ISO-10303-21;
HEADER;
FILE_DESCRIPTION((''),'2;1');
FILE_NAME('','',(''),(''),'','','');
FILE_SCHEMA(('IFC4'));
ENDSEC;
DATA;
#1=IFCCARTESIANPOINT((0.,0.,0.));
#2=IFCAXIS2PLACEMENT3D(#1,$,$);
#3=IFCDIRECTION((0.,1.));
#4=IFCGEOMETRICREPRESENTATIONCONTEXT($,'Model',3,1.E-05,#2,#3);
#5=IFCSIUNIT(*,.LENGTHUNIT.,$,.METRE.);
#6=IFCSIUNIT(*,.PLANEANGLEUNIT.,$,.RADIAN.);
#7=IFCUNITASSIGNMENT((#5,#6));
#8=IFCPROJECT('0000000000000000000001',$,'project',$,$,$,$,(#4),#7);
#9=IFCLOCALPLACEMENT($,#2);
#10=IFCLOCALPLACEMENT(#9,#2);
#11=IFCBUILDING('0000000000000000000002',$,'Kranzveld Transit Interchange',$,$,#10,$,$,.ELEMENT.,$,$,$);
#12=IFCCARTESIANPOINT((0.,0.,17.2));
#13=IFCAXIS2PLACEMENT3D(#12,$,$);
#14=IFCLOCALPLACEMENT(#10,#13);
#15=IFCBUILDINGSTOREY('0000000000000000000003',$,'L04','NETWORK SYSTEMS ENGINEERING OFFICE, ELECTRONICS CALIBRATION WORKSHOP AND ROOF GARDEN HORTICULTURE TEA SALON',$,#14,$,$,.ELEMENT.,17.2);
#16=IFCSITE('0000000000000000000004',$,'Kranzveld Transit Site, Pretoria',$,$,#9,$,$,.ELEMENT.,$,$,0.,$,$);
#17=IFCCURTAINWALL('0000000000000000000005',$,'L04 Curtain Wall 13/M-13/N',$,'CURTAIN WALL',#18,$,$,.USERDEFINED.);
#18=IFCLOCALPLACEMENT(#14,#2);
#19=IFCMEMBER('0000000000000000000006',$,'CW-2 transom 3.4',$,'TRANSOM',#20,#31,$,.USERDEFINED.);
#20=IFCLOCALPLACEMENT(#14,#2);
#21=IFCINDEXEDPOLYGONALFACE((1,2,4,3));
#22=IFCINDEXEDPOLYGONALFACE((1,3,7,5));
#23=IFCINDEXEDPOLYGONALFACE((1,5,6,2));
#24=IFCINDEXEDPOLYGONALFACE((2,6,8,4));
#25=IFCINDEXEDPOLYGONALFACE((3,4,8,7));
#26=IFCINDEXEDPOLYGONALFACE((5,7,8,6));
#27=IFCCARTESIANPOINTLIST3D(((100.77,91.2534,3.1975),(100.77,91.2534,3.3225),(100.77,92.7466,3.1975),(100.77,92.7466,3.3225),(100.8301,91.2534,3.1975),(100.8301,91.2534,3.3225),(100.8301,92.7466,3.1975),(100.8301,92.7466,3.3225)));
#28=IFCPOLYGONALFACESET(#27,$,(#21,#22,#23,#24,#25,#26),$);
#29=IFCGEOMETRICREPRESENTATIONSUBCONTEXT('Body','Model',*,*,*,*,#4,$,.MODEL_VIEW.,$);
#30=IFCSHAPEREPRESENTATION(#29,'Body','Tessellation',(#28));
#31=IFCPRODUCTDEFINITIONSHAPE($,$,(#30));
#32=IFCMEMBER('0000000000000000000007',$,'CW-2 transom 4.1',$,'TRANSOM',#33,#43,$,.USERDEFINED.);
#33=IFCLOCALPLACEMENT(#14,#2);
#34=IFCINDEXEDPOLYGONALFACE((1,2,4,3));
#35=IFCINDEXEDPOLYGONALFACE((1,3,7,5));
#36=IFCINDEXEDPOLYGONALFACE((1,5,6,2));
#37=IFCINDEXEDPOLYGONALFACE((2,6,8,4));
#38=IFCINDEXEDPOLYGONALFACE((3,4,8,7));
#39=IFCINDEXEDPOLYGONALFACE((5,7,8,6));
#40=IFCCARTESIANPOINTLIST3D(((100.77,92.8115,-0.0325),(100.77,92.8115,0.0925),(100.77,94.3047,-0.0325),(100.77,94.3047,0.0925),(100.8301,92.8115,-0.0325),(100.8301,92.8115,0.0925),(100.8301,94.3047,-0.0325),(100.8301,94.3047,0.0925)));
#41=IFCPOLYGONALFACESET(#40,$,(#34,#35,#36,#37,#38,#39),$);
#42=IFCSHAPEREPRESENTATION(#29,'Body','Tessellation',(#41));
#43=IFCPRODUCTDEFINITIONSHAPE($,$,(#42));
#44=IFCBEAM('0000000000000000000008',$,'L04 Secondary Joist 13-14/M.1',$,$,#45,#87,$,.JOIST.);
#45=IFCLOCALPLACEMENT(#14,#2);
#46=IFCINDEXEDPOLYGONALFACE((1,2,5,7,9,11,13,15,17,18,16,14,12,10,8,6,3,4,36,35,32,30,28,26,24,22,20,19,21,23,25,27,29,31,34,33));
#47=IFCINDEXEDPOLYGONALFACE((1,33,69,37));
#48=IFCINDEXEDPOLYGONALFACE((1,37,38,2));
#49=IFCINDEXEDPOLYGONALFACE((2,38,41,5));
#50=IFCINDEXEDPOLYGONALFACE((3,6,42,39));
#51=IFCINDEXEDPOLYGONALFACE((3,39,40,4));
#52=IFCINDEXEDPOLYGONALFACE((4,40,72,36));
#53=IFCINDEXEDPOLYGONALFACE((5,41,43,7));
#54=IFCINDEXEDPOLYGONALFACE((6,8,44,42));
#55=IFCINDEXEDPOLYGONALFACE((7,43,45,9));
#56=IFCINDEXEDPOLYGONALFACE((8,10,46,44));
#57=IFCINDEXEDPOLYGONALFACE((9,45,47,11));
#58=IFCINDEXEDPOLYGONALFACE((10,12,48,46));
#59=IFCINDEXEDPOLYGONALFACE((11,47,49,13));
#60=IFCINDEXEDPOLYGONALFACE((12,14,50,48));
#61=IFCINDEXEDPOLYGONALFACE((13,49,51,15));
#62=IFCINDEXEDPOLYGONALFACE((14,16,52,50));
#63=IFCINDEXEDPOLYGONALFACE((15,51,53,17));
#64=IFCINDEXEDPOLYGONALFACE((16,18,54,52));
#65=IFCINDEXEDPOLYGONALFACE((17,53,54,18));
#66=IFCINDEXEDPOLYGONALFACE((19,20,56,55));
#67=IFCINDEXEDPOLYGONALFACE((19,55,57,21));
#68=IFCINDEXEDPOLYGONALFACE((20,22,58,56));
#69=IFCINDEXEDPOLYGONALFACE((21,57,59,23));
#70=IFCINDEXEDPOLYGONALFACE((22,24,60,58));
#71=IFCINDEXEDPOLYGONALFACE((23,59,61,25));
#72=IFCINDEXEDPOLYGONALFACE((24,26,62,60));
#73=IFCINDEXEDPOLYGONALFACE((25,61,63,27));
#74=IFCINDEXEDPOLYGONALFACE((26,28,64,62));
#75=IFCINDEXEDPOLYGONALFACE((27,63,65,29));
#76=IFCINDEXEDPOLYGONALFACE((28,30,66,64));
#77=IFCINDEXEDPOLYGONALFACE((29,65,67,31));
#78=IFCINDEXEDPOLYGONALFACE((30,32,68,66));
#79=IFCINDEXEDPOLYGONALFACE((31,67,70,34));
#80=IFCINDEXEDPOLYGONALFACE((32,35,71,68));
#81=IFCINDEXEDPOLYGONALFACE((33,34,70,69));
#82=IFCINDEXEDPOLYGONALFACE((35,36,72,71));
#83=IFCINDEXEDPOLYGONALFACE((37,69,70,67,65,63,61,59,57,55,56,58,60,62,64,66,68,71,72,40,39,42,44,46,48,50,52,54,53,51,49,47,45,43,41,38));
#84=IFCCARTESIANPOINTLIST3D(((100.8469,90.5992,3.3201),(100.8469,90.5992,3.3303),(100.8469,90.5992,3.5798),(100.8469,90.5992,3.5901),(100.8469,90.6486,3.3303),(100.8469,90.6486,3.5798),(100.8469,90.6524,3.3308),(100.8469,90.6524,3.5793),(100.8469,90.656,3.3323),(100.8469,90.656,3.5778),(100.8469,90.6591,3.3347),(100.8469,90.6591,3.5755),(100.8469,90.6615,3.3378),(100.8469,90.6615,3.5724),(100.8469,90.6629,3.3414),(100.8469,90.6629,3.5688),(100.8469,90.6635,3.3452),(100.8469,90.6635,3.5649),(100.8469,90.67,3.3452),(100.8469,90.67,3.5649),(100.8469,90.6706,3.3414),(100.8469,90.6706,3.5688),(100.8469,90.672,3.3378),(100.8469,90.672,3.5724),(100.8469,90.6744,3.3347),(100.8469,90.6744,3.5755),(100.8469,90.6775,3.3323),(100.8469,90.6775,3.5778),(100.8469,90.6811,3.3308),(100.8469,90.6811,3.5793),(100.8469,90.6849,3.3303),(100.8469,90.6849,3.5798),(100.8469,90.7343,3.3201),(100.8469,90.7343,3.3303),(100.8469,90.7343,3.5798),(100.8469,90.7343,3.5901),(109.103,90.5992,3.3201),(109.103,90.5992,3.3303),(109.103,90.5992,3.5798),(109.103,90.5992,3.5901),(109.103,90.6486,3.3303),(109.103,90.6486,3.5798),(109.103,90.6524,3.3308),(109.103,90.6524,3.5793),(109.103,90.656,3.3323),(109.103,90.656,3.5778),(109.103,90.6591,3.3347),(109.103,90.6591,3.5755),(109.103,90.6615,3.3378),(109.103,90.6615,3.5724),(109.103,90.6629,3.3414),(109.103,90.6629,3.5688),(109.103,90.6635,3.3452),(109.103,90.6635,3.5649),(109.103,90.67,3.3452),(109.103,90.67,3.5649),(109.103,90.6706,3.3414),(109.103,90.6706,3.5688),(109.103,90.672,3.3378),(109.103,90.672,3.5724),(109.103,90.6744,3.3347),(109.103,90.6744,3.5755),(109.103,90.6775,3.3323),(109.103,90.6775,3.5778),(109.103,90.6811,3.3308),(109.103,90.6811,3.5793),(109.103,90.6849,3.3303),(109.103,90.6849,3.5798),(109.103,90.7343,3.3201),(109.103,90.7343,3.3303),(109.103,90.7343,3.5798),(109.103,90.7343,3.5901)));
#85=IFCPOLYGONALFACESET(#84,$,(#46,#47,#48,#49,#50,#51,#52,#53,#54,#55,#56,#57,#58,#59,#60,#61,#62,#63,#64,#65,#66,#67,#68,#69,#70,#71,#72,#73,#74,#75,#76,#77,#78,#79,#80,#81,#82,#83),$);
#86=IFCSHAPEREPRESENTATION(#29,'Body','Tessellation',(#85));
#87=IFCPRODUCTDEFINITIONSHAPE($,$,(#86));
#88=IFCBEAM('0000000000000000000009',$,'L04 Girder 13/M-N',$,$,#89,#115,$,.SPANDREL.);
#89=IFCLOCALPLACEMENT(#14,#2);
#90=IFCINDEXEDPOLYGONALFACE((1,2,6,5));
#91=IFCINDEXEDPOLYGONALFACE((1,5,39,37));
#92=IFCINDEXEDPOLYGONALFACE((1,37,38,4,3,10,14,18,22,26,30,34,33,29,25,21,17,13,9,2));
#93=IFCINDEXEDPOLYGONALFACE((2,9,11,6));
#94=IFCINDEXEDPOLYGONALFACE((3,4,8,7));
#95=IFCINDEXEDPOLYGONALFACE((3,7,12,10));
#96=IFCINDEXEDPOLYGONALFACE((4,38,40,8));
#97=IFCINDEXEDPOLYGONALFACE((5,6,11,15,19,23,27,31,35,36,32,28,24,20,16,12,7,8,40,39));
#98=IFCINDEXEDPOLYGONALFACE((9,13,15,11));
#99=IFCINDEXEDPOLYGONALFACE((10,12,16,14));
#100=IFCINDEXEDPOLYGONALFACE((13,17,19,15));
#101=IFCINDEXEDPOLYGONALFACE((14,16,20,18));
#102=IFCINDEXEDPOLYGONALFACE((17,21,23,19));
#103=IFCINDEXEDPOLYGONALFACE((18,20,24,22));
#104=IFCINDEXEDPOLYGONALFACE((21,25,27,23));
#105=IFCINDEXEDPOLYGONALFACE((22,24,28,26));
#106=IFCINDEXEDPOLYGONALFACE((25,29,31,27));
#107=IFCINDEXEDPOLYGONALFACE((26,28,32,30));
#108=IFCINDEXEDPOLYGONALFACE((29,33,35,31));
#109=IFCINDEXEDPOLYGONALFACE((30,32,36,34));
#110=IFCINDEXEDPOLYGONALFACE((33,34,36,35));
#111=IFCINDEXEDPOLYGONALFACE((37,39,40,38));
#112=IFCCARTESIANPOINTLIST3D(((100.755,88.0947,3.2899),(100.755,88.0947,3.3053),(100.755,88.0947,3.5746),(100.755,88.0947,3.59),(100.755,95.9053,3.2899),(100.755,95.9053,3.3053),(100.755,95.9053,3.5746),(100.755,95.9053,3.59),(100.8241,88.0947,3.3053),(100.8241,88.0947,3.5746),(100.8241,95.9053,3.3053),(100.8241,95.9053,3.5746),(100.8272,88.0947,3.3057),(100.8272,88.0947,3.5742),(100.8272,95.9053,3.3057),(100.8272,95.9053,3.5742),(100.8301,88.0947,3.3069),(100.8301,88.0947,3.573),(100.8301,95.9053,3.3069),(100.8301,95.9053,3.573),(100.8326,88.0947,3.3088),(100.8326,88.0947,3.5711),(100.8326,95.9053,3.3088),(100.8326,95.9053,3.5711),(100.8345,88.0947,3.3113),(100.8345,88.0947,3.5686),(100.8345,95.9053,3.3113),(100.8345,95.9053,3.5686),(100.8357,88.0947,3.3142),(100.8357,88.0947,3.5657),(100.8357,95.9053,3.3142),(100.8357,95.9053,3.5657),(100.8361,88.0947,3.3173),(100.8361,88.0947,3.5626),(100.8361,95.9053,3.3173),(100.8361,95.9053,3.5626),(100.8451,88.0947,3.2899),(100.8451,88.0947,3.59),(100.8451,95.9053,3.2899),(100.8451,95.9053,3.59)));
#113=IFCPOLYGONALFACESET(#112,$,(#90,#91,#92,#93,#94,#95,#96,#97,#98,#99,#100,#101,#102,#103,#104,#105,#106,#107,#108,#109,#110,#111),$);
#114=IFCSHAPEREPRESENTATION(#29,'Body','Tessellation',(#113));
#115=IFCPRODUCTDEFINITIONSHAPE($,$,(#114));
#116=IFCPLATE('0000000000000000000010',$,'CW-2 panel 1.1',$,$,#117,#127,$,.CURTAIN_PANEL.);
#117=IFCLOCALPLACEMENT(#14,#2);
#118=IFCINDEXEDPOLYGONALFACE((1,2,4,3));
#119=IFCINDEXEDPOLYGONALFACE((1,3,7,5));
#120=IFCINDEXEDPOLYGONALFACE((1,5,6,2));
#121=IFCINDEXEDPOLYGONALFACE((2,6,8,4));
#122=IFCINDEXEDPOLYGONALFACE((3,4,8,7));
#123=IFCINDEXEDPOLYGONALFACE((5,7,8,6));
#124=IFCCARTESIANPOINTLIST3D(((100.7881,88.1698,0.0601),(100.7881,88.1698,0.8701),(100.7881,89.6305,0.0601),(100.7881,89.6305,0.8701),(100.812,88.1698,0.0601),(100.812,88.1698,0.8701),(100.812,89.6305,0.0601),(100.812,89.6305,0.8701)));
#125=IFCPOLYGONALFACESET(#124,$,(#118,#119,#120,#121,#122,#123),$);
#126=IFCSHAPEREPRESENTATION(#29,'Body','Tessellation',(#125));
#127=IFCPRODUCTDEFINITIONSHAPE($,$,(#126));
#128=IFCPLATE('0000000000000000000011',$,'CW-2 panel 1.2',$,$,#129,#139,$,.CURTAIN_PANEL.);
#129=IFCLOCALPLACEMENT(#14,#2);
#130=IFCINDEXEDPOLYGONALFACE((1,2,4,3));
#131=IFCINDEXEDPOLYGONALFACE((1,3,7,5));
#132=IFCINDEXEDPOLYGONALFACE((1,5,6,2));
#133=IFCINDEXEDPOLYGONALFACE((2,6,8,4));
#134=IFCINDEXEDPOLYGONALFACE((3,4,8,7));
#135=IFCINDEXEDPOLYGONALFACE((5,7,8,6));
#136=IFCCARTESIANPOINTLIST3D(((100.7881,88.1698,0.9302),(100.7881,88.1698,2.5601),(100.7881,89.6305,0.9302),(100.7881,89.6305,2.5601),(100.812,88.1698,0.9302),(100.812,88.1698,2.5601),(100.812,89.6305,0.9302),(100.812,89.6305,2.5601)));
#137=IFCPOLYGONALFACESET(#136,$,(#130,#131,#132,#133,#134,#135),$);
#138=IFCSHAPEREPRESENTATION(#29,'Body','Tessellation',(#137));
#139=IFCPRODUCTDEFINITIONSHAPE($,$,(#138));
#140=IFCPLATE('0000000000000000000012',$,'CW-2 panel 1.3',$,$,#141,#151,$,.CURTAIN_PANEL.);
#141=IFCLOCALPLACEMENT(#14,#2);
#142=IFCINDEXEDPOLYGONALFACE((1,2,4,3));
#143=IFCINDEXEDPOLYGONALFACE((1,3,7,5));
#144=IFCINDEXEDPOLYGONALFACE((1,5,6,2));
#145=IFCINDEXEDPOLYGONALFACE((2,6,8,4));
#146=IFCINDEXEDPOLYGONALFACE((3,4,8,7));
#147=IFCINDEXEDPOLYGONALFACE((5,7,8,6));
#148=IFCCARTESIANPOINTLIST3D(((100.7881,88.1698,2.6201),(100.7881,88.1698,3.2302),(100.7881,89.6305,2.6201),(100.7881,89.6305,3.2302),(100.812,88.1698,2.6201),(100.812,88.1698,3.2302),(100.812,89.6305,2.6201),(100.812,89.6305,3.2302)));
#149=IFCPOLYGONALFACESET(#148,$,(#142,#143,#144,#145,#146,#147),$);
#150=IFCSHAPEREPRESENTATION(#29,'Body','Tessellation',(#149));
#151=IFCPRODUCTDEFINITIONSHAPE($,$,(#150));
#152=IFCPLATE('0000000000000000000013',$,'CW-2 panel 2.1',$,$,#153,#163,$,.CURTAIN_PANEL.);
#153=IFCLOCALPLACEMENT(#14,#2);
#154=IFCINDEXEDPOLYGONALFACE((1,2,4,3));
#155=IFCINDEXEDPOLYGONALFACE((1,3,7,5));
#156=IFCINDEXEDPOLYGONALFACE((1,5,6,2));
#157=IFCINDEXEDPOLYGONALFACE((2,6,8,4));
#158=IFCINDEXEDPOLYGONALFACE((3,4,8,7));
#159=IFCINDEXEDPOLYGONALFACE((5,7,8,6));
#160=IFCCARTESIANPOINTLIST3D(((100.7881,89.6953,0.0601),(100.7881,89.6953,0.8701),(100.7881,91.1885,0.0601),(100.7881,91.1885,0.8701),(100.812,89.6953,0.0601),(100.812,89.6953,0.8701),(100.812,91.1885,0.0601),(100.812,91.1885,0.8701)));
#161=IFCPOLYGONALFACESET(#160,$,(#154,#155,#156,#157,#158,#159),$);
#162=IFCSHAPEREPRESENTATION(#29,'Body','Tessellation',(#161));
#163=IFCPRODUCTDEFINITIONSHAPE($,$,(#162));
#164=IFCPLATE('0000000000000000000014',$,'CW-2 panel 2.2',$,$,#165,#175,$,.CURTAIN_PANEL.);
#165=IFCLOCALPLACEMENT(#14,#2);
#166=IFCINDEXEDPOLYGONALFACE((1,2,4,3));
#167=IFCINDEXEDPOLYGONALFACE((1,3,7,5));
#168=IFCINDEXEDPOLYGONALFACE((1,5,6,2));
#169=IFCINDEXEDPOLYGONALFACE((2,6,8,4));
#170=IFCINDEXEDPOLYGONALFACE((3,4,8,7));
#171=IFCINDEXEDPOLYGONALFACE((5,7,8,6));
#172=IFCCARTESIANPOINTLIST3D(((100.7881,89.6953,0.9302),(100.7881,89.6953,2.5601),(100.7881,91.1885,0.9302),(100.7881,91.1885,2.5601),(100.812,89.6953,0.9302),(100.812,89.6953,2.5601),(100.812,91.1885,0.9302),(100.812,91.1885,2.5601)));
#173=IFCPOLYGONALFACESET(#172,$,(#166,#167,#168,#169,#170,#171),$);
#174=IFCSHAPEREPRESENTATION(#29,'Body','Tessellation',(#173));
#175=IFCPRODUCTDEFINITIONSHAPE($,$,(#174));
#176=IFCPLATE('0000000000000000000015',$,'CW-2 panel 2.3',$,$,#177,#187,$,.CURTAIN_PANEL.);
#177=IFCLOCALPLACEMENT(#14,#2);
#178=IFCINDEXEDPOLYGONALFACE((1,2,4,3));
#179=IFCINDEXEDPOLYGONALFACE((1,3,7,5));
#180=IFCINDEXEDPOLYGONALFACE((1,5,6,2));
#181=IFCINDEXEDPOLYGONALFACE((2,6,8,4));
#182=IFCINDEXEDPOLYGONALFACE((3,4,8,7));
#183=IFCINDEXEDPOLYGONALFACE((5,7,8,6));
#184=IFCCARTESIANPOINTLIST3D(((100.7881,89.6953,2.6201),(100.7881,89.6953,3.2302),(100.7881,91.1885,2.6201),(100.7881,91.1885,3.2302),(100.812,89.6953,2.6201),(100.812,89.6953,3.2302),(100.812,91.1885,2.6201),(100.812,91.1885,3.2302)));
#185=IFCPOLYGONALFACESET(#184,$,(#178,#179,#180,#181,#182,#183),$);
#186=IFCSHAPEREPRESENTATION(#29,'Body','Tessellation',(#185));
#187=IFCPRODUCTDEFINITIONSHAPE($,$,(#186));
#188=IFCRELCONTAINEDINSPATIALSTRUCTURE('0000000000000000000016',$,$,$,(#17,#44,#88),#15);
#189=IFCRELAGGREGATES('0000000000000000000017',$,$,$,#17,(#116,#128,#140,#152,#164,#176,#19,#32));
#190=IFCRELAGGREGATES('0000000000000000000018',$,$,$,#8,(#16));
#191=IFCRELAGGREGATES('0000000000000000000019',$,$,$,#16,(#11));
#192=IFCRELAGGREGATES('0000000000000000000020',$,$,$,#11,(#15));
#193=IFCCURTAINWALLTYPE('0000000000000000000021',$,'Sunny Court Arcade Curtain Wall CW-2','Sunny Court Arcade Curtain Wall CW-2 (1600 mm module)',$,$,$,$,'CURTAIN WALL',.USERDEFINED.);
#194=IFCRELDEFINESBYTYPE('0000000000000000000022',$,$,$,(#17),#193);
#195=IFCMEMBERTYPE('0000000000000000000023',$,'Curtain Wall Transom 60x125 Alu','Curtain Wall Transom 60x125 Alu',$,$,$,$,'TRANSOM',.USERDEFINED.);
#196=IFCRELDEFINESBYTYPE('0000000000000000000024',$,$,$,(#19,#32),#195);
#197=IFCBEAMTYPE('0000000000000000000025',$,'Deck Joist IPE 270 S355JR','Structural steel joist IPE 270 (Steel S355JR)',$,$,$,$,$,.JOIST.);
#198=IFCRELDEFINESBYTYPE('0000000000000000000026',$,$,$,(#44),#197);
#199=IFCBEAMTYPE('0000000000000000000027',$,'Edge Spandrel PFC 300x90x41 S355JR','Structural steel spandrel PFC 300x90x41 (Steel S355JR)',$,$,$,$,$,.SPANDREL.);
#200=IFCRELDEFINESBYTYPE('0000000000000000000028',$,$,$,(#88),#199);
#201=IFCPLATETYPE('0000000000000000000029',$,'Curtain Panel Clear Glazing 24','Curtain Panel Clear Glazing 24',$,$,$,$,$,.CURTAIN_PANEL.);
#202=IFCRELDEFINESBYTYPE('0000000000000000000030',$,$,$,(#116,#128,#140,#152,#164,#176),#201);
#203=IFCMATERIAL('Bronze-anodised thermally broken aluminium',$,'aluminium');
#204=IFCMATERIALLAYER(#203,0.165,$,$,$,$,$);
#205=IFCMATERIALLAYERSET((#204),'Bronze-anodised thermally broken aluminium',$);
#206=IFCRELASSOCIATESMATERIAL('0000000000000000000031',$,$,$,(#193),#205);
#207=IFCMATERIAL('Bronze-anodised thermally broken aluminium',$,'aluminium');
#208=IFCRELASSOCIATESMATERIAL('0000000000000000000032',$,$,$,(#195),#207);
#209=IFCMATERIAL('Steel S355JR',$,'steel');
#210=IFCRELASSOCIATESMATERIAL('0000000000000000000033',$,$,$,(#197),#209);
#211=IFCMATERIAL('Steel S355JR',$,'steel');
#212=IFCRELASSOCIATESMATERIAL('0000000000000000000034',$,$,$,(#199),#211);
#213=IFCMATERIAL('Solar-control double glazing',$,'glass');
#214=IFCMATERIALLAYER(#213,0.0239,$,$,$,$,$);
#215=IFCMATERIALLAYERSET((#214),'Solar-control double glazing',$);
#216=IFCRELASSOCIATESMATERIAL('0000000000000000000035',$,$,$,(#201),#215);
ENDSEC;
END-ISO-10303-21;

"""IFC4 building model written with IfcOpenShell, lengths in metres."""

from ifc_helpers import new_model, si_unit, direction, frame, origin, origin_2d, place, context, subcontext, project, spatial, rectangle, i_section, u_section, extrude, material, layer, layer_set, material_profile, profile_set, type_object, element, aggregate, save


model = new_model("IFC4")

# Units and contexts
model_context = context("Model", 3, precision=1e-05, world=origin(), true_north=direction((0.0, 1.0)))
body_context = subcontext(model_context, "Body", "Model", "MODEL_VIEW")
ifc_project = project(units=[si_unit("LENGTHUNIT", "METRE"), si_unit("PLANEANGLEUNIT", "RADIAN")], contexts=[model_context])

# Site, building, storey
site_placement = place(None, origin())
site = spatial("IfcSite", under=ifc_project, at=site_placement, Name="Kranzveld Transit Site, Pretoria", CompositionType="ELEMENT", RefElevation=0.0)
building_placement = place(site_placement, origin())
building = spatial("IfcBuilding", under=site, at=building_placement, Name="Kranzveld Transit Interchange", CompositionType="ELEMENT")
storey_placement = place(building_placement, frame((0.0, 0.0, 17.2)))
storey = spatial("IfcBuildingStorey", under=building, at=storey_placement, Name="L04", Description="NETWORK SYSTEMS ENGINEERING OFFICE, ELECTRONICS CALIBRATION WORKSHOP AND ROOF GARDEN HORTICULTURE TEA SALON", CompositionType="ELEMENT", Elevation=17.2)

# Curtain wall, members
ifc_material_1 = material(Name="Bronze-anodised thermally broken aluminium", Category="aluminium")
ifc_layer_1 = layer(ifc_material_1, 0.165)
ifc_layer_set_1 = layer_set([ifc_layer_1], Name="Bronze-anodised thermally broken aluminium")
curtain_wall_type = type_object("IfcCurtainWallType", Name="Sunny Court Arcade Curtain Wall CW-2", Description="Sunny Court Arcade Curtain Wall CW-2 (1600 mm module)", ElementType="CURTAIN WALL", PredefinedType="USERDEFINED", material=ifc_layer_set_1)
curtain_wall_placement = place(storey_placement, origin())
curtain_wall = element("IfcCurtainWall", 1, at=curtain_wall_placement, inside=storey, type_object=curtain_wall_type, Name="L04 Curtain Wall 13/M-13/N", ObjectType="CURTAIN WALL", PredefinedType="USERDEFINED")
ifc_material_2 = material(Name="Bronze-anodised thermally broken aluminium", Category="aluminium")
ifc_material_profile_1 = material_profile(ifc_material_2, rectangle(XDim=0.0601, YDim=0.125, at=origin_2d()), Name="ALU TRANSOM 60x125")
ifc_profile_set_1 = profile_set([ifc_material_profile_1], Name="Bronze-anodised thermally broken aluminium")
member_type_1 = type_object("IfcMemberType", Name="Curtain Wall Transom 60x125 Alu", Description="Curtain Wall Transom 60x125 Alu", ElementType="TRANSOM", PredefinedType="USERDEFINED", material=ifc_profile_set_1)
member_1_placement = place(storey_placement, frame((100.8, 91.2534, 3.26), z_axis=(0.0, 1.0, 0.0), x_axis=(-1.0, 0.0, 0.0)))
member_1 = element("IfcMember", 2, at=member_1_placement, type_object=member_type_1, Name="CW-2 transom 3.4", ObjectType="TRANSOM", PredefinedType="USERDEFINED", context=body_context, shape_type="SweptSolid", body=[
    extrude(rectangle(XDim=0.0601, YDim=0.125, at=origin_2d()), origin(), (0.0, 0.0, 1.0), 1.4932),
])
member_2_placement = place(storey_placement, frame((100.8, 92.8115, 0.03), z_axis=(0.0, 1.0, 0.0), x_axis=(-1.0, 0.0, 0.0)))
member_2 = element("IfcMember", 3, at=member_2_placement, type_object=member_type_1, Name="CW-2 transom 4.1", ObjectType="TRANSOM", PredefinedType="USERDEFINED", context=body_context, shape_type="SweptSolid", body=[
    extrude(rectangle(XDim=0.0601, YDim=0.125, at=origin_2d()), origin(), (0.0, 0.0, 1.0), 1.4932),
])

# Beams
ifc_material_3 = material(Name="Steel S355JR", Category="steel")
ifc_material_profile_2 = material_profile(ifc_material_3, i_section(OverallWidth=0.135, OverallDepth=0.27, WebThickness=0.0066, FlangeThickness=0.0103, FilletRadius=0.0149, at=origin_2d()), Name="IPE 270")
ifc_profile_set_2 = profile_set([ifc_material_profile_2], Name="Steel S355JR")
beam_type_1 = type_object("IfcBeamType", Name="Deck Joist IPE 270 S355JR", Description="Structural steel joist IPE 270 (Steel S355JR)", PredefinedType="JOIST", material=ifc_profile_set_2)
beam_1_placement = place(storey_placement, frame((100.8469, 90.6667, 3.4551), z_axis=(1.0, 0.0, 0.0), x_axis=(0.0, 1.0, 0.0)))
element("IfcBeam", 4, at=beam_1_placement, inside=storey, type_object=beam_type_1, Name="L04 Secondary Joist 13-14/M.1", PredefinedType="JOIST", context=body_context, shape_type="SweptSolid", body=[
    extrude(i_section(OverallWidth=0.135, OverallDepth=0.27, WebThickness=0.0066, FlangeThickness=0.0103, FilletRadius=0.0149, at=origin_2d()), origin(), (0.0, 0.0, 1.0), 8.2561),
])
ifc_material_4 = material(Name="Steel S355JR", Category="steel")
ifc_material_profile_3 = material_profile(ifc_material_4, u_section(Depth=0.3, FlangeWidth=0.0901, WebThickness=0.009, FlangeThickness=0.0154, FilletRadius=0.012, at=origin_2d()), Name="PFC 300x90x41")
ifc_profile_set_3 = profile_set([ifc_material_profile_3], Name="Steel S355JR")
beam_type_2 = type_object("IfcBeamType", Name="Edge Spandrel PFC 300x90x41 S355JR", Description="Structural steel spandrel PFC 300x90x41 (Steel S355JR)", PredefinedType="SPANDREL", material=ifc_profile_set_3)
beam_2_placement = place(storey_placement, frame((100.8, 88.0947, 3.4399), z_axis=(0.0, 1.0, 0.0), x_axis=(-1.0, 0.0, 0.0)))
element("IfcBeam", 5, at=beam_2_placement, inside=storey, type_object=beam_type_2, Name="L04 Girder 13/M-N", PredefinedType="SPANDREL", context=body_context, shape_type="SweptSolid", body=[
    extrude(u_section(Depth=0.3, FlangeWidth=0.0901, WebThickness=0.009, FlangeThickness=0.0154, FilletRadius=0.012, at=origin_2d()), origin(), (0.0, 0.0, 1.0), 7.8105),
])

# Plates
ifc_material_5 = material(Name="Solar-control double glazing", Category="glass")
ifc_layer_2 = layer(ifc_material_5, 0.0239)
ifc_layer_set_2 = layer_set([ifc_layer_2], Name="Solar-control double glazing")
plate_type = type_object("IfcPlateType", Name="Curtain Panel Clear Glazing 24", Description="Curtain Panel Clear Glazing 24", PredefinedType="CURTAIN_PANEL", material=ifc_layer_set_2)
plate_1_placement = place(storey_placement, frame((100.8, 88.9001, 0.0601), z_axis=(0.0, 0.0, 1.0), x_axis=(0.0, 1.0, 0.0)))
plate_1 = element("IfcPlate", 6, at=plate_1_placement, type_object=plate_type, Name="CW-2 panel 1.1", PredefinedType="CURTAIN_PANEL", context=body_context, shape_type="SweptSolid", body=[
    extrude(rectangle(XDim=1.4607, YDim=0.0239, at=origin_2d()), origin(), (0.0, 0.0, 1.0), 0.8101),
])
plate_2_placement = place(storey_placement, frame((100.8, 88.9001, 0.9302), z_axis=(0.0, 0.0, 1.0), x_axis=(0.0, 1.0, 0.0)))
plate_2 = element("IfcPlate", 7, at=plate_2_placement, type_object=plate_type, Name="CW-2 panel 1.2", PredefinedType="CURTAIN_PANEL", context=body_context, shape_type="SweptSolid", body=[
    extrude(rectangle(XDim=1.4607, YDim=0.0239, at=origin_2d()), origin(), (0.0, 0.0, 1.0), 1.6299),
])
plate_3_placement = place(storey_placement, frame((100.8, 88.9001, 2.6201), z_axis=(0.0, 0.0, 1.0), x_axis=(0.0, 1.0, 0.0)))
plate_3 = element("IfcPlate", 8, at=plate_3_placement, type_object=plate_type, Name="CW-2 panel 1.3", PredefinedType="CURTAIN_PANEL", context=body_context, shape_type="SweptSolid", body=[
    extrude(rectangle(XDim=1.4607, YDim=0.0239, at=origin_2d()), origin(), (0.0, 0.0, 1.0), 0.6101),
])
plate_4_placement = place(storey_placement, frame((100.8, 90.4419, 0.0601), z_axis=(0.0, 0.0, 1.0), x_axis=(0.0, 1.0, 0.0)))
plate_4 = element("IfcPlate", 9, at=plate_4_placement, type_object=plate_type, Name="CW-2 panel 2.1", PredefinedType="CURTAIN_PANEL", context=body_context, shape_type="SweptSolid", body=[
    extrude(rectangle(XDim=1.4932, YDim=0.0239, at=origin_2d()), origin(), (0.0, 0.0, 1.0), 0.8101),
])
plate_5_placement = place(storey_placement, frame((100.8, 90.4419, 0.9302), z_axis=(0.0, 0.0, 1.0), x_axis=(0.0, 1.0, 0.0)))
plate_5 = element("IfcPlate", 10, at=plate_5_placement, type_object=plate_type, Name="CW-2 panel 2.2", PredefinedType="CURTAIN_PANEL", context=body_context, shape_type="SweptSolid", body=[
    extrude(rectangle(XDim=1.4932, YDim=0.0239, at=origin_2d()), origin(), (0.0, 0.0, 1.0), 1.6299),
])
plate_6_placement = place(storey_placement, frame((100.8, 90.4419, 2.6201), z_axis=(0.0, 0.0, 1.0), x_axis=(0.0, 1.0, 0.0)))
plate_6 = element("IfcPlate", 11, at=plate_6_placement, type_object=plate_type, Name="CW-2 panel 2.3", PredefinedType="CURTAIN_PANEL", context=body_context, shape_type="SweptSolid", body=[
    extrude(rectangle(XDim=1.4932, YDim=0.0239, at=origin_2d()), origin(), (0.0, 0.0, 1.0), 0.6101),
])
aggregate(curtain_wall, [plate_1, plate_2, plate_3, plate_4, plate_5, plate_6, member_1, member_2])

save(model, "model.ifc")
